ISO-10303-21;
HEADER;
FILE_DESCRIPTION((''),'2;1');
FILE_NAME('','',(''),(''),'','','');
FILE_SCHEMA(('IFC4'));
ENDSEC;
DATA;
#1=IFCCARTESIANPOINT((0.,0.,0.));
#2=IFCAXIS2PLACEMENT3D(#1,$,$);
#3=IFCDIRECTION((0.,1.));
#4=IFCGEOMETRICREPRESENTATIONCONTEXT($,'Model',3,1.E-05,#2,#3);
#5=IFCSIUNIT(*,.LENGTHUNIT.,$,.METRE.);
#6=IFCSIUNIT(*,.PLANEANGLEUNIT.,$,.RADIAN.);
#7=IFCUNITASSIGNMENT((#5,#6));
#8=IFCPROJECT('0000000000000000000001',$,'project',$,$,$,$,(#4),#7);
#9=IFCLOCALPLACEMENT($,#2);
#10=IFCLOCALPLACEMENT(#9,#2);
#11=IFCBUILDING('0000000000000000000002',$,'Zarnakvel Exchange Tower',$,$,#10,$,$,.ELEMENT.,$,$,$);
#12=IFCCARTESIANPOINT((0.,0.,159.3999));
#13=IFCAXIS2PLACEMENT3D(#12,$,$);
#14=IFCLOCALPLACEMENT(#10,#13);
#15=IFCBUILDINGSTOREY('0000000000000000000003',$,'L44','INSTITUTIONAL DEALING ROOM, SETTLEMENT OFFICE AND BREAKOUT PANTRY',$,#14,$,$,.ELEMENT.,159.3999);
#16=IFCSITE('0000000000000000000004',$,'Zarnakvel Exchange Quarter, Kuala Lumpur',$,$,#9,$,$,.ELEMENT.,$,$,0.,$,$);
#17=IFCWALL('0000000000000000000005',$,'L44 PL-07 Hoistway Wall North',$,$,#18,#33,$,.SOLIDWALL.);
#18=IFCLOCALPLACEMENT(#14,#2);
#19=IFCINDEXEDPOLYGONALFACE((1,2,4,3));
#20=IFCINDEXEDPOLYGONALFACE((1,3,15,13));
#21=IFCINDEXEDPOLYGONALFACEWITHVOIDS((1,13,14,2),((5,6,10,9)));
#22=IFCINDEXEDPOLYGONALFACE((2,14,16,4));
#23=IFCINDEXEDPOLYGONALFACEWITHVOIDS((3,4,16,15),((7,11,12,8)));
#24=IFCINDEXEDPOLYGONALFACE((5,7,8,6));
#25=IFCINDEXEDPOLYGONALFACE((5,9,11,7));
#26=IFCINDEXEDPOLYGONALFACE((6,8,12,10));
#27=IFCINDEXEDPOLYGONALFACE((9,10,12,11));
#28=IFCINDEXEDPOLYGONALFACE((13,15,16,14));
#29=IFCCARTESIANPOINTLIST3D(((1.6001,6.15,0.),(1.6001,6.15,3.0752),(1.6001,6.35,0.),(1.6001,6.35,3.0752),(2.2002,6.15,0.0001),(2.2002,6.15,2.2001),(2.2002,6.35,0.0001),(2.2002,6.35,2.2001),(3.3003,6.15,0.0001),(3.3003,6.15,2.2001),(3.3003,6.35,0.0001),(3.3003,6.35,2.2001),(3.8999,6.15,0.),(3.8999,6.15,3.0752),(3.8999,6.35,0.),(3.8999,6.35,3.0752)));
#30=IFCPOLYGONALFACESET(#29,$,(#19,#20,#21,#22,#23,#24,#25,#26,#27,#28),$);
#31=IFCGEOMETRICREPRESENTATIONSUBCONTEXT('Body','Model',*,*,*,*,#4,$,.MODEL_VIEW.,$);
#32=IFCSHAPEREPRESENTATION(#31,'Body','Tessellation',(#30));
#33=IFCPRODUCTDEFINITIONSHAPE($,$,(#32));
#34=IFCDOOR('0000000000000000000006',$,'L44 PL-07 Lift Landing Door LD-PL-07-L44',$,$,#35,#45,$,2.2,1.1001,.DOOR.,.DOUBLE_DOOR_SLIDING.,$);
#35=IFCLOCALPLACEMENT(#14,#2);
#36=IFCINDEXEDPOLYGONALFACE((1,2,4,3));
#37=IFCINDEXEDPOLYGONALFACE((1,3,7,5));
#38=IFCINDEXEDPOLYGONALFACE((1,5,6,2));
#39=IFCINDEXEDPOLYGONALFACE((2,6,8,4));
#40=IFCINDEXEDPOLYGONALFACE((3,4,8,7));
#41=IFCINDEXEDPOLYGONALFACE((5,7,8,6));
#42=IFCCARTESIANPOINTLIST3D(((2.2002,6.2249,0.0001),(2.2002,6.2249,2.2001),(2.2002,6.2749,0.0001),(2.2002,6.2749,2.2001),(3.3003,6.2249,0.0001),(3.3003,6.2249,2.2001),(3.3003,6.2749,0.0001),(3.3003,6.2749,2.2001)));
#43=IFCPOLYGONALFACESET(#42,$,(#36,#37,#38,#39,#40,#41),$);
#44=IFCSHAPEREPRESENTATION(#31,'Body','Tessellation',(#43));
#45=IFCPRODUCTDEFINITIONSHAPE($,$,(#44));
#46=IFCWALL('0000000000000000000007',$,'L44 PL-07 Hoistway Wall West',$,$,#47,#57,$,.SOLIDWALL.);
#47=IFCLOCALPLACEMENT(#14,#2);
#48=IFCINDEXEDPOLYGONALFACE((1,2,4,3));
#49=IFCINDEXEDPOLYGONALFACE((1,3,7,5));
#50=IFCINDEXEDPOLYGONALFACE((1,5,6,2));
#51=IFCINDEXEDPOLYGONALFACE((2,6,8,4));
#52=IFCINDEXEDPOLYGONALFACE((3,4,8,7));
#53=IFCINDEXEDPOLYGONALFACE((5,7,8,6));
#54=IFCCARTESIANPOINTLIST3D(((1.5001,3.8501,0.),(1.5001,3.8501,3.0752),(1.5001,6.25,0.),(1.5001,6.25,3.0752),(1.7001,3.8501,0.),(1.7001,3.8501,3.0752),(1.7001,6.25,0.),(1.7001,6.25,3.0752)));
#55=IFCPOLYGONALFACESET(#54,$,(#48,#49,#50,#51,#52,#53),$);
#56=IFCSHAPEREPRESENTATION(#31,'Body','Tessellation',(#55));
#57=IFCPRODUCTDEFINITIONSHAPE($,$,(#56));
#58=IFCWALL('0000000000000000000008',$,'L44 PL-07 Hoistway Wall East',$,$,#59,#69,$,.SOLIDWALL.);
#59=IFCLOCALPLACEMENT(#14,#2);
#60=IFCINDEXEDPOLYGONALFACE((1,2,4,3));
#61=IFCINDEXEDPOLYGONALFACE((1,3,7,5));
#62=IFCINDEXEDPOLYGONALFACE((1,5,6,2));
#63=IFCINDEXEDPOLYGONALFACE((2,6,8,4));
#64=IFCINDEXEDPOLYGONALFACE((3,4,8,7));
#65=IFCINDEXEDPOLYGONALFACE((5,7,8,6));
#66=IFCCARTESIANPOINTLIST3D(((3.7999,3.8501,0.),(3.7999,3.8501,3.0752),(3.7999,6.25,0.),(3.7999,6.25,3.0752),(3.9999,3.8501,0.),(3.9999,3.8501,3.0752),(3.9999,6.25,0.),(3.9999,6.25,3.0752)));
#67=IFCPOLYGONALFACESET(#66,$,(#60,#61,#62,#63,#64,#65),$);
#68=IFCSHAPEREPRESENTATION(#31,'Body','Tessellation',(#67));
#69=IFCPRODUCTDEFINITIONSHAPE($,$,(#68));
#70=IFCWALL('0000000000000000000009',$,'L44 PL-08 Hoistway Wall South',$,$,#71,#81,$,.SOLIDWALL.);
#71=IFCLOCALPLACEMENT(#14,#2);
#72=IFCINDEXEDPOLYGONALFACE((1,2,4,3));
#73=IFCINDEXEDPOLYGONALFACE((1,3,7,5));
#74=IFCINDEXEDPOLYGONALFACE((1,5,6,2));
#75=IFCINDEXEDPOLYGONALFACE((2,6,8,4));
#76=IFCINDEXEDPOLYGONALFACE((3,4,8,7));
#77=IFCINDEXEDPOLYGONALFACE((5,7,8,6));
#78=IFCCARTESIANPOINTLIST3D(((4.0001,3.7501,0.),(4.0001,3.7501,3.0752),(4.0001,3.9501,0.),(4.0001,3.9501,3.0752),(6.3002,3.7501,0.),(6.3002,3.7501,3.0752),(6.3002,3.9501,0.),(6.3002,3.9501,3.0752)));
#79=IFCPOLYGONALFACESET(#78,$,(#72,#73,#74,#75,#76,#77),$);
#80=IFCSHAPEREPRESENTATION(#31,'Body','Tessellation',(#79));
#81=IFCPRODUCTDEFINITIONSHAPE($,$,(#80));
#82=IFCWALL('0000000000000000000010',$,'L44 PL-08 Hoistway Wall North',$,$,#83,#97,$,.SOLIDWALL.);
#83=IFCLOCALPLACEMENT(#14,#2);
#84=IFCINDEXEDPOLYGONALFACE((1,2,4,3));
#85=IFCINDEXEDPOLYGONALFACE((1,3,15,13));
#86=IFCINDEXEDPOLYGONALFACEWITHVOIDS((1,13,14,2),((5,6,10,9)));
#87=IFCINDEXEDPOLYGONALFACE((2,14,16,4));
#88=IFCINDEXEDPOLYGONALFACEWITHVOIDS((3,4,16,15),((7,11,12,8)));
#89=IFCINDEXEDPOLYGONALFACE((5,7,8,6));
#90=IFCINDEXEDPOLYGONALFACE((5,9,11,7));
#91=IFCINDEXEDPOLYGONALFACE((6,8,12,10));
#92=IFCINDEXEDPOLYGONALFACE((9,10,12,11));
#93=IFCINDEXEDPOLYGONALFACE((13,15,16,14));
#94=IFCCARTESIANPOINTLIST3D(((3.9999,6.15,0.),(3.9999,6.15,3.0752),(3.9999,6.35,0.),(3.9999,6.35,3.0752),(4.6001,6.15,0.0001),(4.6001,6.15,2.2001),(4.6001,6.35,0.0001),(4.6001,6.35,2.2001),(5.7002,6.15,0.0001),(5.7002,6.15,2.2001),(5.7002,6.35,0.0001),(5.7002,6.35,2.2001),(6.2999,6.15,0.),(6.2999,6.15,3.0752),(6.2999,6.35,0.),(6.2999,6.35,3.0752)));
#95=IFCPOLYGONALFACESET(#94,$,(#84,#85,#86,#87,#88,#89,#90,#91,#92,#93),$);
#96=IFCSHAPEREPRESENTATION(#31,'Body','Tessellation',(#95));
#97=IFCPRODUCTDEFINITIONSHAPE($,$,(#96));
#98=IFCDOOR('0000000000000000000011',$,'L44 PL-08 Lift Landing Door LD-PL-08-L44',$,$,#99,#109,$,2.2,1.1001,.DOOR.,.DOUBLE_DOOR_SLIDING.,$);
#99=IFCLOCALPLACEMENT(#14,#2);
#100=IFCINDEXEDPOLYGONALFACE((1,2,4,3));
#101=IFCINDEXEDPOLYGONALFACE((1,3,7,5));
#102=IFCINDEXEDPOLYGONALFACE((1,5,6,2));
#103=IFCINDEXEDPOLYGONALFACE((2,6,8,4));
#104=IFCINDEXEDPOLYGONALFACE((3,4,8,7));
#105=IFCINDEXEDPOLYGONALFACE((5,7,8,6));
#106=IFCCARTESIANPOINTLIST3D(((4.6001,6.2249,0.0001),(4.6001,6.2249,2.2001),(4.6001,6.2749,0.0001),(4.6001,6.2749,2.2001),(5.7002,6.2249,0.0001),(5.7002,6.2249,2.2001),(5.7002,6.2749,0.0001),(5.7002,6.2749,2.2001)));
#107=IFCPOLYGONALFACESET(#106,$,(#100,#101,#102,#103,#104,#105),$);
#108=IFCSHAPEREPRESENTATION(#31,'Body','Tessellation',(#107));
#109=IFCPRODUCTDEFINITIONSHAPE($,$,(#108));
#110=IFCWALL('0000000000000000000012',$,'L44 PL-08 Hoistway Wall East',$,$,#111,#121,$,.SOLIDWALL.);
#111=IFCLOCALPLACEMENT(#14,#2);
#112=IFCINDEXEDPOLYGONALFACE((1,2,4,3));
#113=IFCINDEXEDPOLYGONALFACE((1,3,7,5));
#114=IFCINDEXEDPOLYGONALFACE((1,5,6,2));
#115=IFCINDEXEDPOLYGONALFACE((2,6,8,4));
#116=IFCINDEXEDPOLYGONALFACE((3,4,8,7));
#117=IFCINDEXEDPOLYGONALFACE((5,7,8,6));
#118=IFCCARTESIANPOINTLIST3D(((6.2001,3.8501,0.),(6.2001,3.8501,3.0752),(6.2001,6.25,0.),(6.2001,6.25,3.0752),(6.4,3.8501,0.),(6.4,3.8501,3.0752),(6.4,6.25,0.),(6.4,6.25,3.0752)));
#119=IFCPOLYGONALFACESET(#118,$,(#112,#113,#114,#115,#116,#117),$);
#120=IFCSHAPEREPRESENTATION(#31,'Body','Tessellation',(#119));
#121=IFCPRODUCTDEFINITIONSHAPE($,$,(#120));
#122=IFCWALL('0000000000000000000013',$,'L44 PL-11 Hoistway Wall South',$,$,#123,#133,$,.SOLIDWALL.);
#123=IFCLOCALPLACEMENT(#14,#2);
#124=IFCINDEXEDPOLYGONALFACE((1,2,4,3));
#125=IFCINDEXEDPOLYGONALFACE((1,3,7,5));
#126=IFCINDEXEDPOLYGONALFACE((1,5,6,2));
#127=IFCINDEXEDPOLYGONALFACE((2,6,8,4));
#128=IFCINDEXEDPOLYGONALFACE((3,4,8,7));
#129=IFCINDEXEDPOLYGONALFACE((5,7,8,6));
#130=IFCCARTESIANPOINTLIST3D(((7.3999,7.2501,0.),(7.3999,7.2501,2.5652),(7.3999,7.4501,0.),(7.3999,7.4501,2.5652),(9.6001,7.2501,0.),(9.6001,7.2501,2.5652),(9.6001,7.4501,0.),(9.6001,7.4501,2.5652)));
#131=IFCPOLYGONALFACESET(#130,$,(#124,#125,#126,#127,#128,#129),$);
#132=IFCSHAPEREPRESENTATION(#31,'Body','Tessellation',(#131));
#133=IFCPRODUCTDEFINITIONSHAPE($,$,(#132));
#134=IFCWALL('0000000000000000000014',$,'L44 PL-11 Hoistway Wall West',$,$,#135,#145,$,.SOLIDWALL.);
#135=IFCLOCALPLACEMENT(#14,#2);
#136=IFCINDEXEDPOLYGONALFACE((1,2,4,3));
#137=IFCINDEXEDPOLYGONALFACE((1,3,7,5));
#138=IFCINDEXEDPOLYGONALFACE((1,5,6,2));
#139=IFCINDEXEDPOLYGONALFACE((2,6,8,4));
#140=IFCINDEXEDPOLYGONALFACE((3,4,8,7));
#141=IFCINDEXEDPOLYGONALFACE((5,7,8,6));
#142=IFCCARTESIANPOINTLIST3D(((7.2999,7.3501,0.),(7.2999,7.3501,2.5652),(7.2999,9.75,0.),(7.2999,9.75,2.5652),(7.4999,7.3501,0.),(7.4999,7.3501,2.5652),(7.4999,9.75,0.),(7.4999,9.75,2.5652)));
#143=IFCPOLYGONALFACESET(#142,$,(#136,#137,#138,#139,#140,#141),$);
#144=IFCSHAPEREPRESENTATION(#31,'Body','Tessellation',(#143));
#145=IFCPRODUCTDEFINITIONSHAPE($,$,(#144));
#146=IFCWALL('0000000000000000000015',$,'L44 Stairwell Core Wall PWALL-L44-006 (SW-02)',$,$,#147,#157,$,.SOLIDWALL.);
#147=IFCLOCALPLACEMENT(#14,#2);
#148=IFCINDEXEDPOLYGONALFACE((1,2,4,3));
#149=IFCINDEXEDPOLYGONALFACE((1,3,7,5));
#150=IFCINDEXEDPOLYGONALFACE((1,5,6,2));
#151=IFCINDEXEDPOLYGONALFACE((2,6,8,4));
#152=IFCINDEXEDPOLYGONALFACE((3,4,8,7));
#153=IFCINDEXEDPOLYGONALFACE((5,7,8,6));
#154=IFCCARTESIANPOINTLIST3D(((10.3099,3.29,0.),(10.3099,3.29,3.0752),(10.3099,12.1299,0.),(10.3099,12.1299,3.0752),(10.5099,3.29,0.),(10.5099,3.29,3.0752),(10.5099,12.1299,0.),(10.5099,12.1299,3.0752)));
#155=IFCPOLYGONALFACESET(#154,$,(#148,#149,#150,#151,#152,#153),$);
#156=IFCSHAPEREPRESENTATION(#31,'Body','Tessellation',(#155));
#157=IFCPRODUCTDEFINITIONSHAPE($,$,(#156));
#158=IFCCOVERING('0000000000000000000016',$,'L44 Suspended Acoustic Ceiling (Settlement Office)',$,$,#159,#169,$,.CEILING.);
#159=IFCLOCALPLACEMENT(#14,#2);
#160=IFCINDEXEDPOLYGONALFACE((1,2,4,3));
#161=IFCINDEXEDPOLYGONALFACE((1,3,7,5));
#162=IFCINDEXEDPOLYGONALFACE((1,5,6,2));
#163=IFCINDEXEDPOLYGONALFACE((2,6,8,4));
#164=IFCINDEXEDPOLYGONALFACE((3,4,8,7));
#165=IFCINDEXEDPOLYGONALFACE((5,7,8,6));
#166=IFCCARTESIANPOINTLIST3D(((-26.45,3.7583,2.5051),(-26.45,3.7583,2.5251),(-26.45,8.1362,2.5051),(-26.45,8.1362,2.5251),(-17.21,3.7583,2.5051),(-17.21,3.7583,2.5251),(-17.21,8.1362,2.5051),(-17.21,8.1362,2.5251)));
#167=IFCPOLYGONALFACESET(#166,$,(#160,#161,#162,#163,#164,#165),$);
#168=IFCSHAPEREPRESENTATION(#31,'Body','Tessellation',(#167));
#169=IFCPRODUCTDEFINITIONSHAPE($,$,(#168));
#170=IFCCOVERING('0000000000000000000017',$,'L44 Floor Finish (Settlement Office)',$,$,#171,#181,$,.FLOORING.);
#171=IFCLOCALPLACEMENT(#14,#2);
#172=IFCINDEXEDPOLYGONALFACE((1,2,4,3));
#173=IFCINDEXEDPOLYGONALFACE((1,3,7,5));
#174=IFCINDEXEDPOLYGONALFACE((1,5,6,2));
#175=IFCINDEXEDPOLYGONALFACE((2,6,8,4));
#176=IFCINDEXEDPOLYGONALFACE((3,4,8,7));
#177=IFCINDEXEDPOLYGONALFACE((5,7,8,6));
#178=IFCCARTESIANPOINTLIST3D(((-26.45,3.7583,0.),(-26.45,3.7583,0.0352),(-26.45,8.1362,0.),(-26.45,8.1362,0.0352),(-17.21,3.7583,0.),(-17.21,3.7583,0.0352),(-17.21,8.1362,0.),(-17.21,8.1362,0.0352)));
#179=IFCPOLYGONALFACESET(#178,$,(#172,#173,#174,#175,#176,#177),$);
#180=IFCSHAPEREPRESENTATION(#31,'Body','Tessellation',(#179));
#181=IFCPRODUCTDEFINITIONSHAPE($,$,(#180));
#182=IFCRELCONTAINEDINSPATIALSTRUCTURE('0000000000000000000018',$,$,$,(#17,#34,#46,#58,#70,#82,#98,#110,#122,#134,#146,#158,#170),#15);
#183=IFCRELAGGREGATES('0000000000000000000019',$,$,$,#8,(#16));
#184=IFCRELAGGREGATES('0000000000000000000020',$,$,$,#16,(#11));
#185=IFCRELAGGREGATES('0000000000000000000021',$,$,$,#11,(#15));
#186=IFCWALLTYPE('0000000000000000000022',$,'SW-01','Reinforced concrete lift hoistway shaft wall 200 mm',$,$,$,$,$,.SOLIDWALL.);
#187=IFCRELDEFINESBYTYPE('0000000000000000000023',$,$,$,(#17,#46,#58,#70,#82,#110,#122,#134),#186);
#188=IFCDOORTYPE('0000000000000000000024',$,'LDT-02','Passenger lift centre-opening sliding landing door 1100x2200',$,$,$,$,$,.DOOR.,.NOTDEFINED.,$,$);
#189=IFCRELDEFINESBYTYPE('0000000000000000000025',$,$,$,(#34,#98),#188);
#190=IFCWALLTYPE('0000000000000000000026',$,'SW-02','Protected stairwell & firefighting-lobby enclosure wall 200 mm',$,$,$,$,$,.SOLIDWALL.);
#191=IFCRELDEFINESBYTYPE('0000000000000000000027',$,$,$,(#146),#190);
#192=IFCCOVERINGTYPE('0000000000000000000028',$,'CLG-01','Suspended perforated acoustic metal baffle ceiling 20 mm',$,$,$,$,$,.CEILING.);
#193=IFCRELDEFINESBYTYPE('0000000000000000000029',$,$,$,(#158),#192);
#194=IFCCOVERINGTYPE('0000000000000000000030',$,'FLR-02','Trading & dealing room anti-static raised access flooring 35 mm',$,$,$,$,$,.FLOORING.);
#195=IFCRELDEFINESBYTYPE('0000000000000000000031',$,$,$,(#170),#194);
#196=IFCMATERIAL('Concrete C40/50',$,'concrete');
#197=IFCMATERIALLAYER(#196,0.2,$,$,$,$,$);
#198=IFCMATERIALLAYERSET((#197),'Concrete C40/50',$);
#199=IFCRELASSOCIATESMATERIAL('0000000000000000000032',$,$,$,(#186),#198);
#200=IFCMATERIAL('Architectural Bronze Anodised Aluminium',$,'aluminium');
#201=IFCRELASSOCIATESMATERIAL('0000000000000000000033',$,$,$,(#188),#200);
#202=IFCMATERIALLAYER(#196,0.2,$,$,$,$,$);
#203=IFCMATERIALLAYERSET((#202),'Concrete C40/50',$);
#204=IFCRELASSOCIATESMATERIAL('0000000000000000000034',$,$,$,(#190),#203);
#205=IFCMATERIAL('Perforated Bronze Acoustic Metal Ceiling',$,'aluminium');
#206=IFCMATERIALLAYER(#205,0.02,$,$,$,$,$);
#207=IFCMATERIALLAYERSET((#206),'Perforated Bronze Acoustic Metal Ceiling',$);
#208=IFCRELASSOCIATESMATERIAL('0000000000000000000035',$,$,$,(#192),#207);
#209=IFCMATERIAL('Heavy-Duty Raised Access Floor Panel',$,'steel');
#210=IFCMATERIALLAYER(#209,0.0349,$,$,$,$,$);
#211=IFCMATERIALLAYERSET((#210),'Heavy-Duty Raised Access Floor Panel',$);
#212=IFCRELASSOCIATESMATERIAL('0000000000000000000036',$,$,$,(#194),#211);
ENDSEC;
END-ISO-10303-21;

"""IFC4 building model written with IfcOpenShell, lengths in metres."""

from ifc_helpers import new_model, si_unit, direction, frame, frame_2d, origin, place, context, subcontext, project, spatial, polyline, rectangle, outline, extrude, source, transform, mapped, material, layer, layer_set, type_object, element, fill, save


model = new_model("IFC4")

# Units and contexts
model_context = context("Model", 3, precision=1e-05, world=origin(), true_north=direction((0.0, 1.0)))
body_context = subcontext(model_context, "Body", "Model", "MODEL_VIEW")
ifc_project = project(units=[si_unit("LENGTHUNIT", "METRE"), si_unit("PLANEANGLEUNIT", "RADIAN")], contexts=[model_context])

# Site, building, storey
site_placement = place(None, origin())
site = spatial("IfcSite", under=ifc_project, at=site_placement, Name="Zarnakvel Exchange Quarter, Kuala Lumpur", CompositionType="ELEMENT", RefElevation=0.0)
building_placement = place(site_placement, origin())
building = spatial("IfcBuilding", under=site, at=building_placement, Name="Zarnakvel Exchange Tower", CompositionType="ELEMENT")
storey_placement = place(building_placement, frame((0.0, 0.0, 159.3999)))
storey = spatial("IfcBuildingStorey", under=building, at=storey_placement, Name="L44", Description="INSTITUTIONAL DEALING ROOM, SETTLEMENT OFFICE AND BREAKOUT PANTRY", CompositionType="ELEMENT", Elevation=159.3999)

# Shared definitions
ifc_material_1 = material(Name="Concrete C40/50", Category="concrete")
ifc_layer_1 = layer(ifc_material_1, 0.2)
ifc_layer_set_1 = layer_set([ifc_layer_1], Name="Concrete C40/50")
wall_type_1 = type_object("IfcWallType", Name="SW-01", Description="Reinforced concrete lift hoistway shaft wall 200 mm", PredefinedType="SOLIDWALL", material=ifc_layer_set_1)
shared_shape_1 = source(origin(), body_context, "Body", "SweptSolid", [
    extrude(rectangle(XDim=1.1001, YDim=2.2, at=frame_2d((0.55, 1.1001))), frame((0.0, 0.0249, 0.0), z_axis=(0.0, -1.0, 0.0), x_axis=(1.0, 0.0, 0.0)), (0.0, 0.0, 1.0), 0.05),
])

# Wall, opening, door
wall_1_placement = place(storey_placement, frame((1.6001, 6.25, 0.0), z_axis=(0.0, 0.0, 1.0), x_axis=(1.0, 0.0, 0.0)))
wall_1 = element("IfcWall", 1, at=wall_1_placement, inside=storey, type_object=wall_type_1, Name="L44 PL-07 Hoistway Wall North", PredefinedType="SOLIDWALL", context=body_context, shape_type="SweptSolid", body=[
    extrude(rectangle(XDim=2.2998, YDim=0.2, at=frame_2d((1.1499, 0.0))), origin(), (0.0, 0.0, 1.0), 3.0752),
])
opening_1_placement = place(wall_1_placement, frame((0.6001, 0.0, 0.0)))
opening_1 = element("IfcOpeningElement", 2, at=opening_1_placement, cuts=wall_1, PredefinedType="OPENING", context=body_context, shape_type="SweptSolid", body=[
    extrude(rectangle(XDim=1.1001, YDim=2.2, at=frame_2d((0.55, 1.1001))), frame((0.0, 0.1099, 0.0), z_axis=(0.0, -1.0, 0.0), x_axis=(1.0, 0.0, 0.0)), (0.0, 0.0, 1.0), 0.22),
])
ifc_material_2 = material(Name="Architectural Bronze Anodised Aluminium", Category="aluminium")
door_type_1 = type_object("IfcDoorType", Name="LDT-02", Description="Passenger lift centre-opening sliding landing door 1100x2200", OperationType="NOTDEFINED", PredefinedType="DOOR", material=ifc_material_2)
door_1_placement = place(opening_1_placement, origin())
door_1 = element("IfcDoor", 3, at=door_1_placement, inside=storey, type_object=door_type_1, Name="L44 PL-07 Lift Landing Door LD-PL-07-L44", OperationType="DOUBLE_DOOR_SLIDING", OverallHeight=2.2, OverallWidth=1.1001, PredefinedType="DOOR", context=body_context, shape_type="MappedRepresentation", body=[
    mapped(shared_shape_1, transform((0.0, 0.0, 0.0), x_axis=(1.0, 0.0, 0.0), y_axis=(0.0, 1.0, 0.0), z_axis=(0.0, 0.0, 1.0), scale=1.0)),
])
fill(opening_1, door_1)

# Walls
for number, where, z_axis, x_axis, name in (
    (4, (1.6001, 3.8501, 0.0), (0.0, 0.0, 1.0), (0.0, 1.0, 0.0), "L44 PL-07 Hoistway Wall West"),
    (5, (3.8999, 6.25, 0.0), (0.0, 0.0, 1.0), (0.0, -1.0, 0.0), "L44 PL-07 Hoistway Wall East"),
):
    element("IfcWall", number, at=place(storey_placement, frame(where, z_axis=z_axis, x_axis=x_axis)), inside=storey, type_object=wall_type_1, Name=name, PredefinedType="SOLIDWALL", context=body_context, shape_type="SweptSolid", body=[
        extrude(rectangle(XDim=2.3999, YDim=0.2, at=frame_2d((1.2, 0.0))), origin(), (0.0, 0.0, 1.0), 3.0752),
    ])
wall_2_placement = place(storey_placement, frame((6.3, 3.8501, 0.0), z_axis=(0.0, 0.0, 1.0), x_axis=(-1.0, 0.0, 0.0)))
element("IfcWall", 6, at=wall_2_placement, inside=storey, type_object=wall_type_1, Name="L44 PL-08 Hoistway Wall South", PredefinedType="SOLIDWALL", context=body_context, shape_type="SweptSolid", body=[
    extrude(rectangle(XDim=2.3, YDim=0.2, at=frame_2d((1.1499, 0.0))), origin(), (0.0, 0.0, 1.0), 3.0752),
])

# Wall, opening, door
wall_3_placement = place(storey_placement, frame((4.0, 6.25, 0.0), z_axis=(0.0, 0.0, 1.0), x_axis=(1.0, 0.0, 0.0)))
wall_3 = element("IfcWall", 7, at=wall_3_placement, inside=storey, type_object=wall_type_1, Name="L44 PL-08 Hoistway Wall North", PredefinedType="SOLIDWALL", context=body_context, shape_type="SweptSolid", body=[
    extrude(rectangle(XDim=2.3, YDim=0.2, at=frame_2d((1.1499, 0.0))), origin(), (0.0, 0.0, 1.0), 3.0752),
])
opening_2_placement = place(wall_3_placement, frame((0.6001, 0.0, 0.0)))
opening_2 = element("IfcOpeningElement", 8, at=opening_2_placement, cuts=wall_3, PredefinedType="OPENING", context=body_context, shape_type="SweptSolid", body=[
    extrude(rectangle(XDim=1.1001, YDim=2.2, at=frame_2d((0.55, 1.1001))), frame((0.0, 0.1099, 0.0), z_axis=(0.0, -1.0, 0.0), x_axis=(1.0, 0.0, 0.0)), (0.0, 0.0, 1.0), 0.22),
])
door_2_placement = place(opening_2_placement, origin())
door_2 = element("IfcDoor", 9, at=door_2_placement, inside=storey, type_object=door_type_1, Name="L44 PL-08 Lift Landing Door LD-PL-08-L44", OperationType="DOUBLE_DOOR_SLIDING", OverallHeight=2.2, OverallWidth=1.1001, PredefinedType="DOOR", context=body_context, shape_type="MappedRepresentation", body=[
    mapped(shared_shape_1, transform((0.0, 0.0, 0.0), x_axis=(1.0, 0.0, 0.0), y_axis=(0.0, 1.0, 0.0), z_axis=(0.0, 0.0, 1.0), scale=1.0)),
])
fill(opening_2, door_2)

# Walls
wall_4_placement = place(storey_placement, frame((6.3, 6.25, 0.0), z_axis=(0.0, 0.0, 1.0), x_axis=(0.0, -1.0, 0.0)))
element("IfcWall", 10, at=wall_4_placement, inside=storey, type_object=wall_type_1, Name="L44 PL-08 Hoistway Wall East", PredefinedType="SOLIDWALL", context=body_context, shape_type="SweptSolid", body=[
    extrude(rectangle(XDim=2.3999, YDim=0.2, at=frame_2d((1.2, 0.0))), origin(), (0.0, 0.0, 1.0), 3.0752),
])
wall_5_placement = place(storey_placement, frame((9.6001, 7.3501, 0.0), z_axis=(0.0, 0.0, 1.0), x_axis=(-1.0, 0.0, 0.0)))
element("IfcWall", 11, at=wall_5_placement, inside=storey, type_object=wall_type_1, Name="L44 PL-11 Hoistway Wall South", PredefinedType="SOLIDWALL", context=body_context, shape_type="SweptSolid", body=[
    extrude(rectangle(XDim=2.2002, YDim=0.2, at=frame_2d((1.1001, 0.0))), origin(), (0.0, 0.0, 1.0), 2.5652),
])
wall_6_placement = place(storey_placement, frame((7.3999, 7.3501, 0.0), z_axis=(0.0, 0.0, 1.0), x_axis=(0.0, 1.0, 0.0)))
element("IfcWall", 12, at=wall_6_placement, inside=storey, type_object=wall_type_1, Name="L44 PL-11 Hoistway Wall West", PredefinedType="SOLIDWALL", context=body_context, shape_type="SweptSolid", body=[
    extrude(rectangle(XDim=2.3999, YDim=0.2, at=frame_2d((1.2, 0.0))), origin(), (0.0, 0.0, 1.0), 2.5652),
])
ifc_layer_2 = layer(ifc_material_1, 0.2)
ifc_layer_set_2 = layer_set([ifc_layer_2], Name="Concrete C40/50")
wall_type_2 = type_object("IfcWallType", Name="SW-02", Description="Protected stairwell & firefighting-lobby enclosure wall 200 mm", PredefinedType="SOLIDWALL", material=ifc_layer_set_2)
wall_7_placement = place(storey_placement, frame((10.4099, 3.29, 0.0), z_axis=(0.0, 0.0, 1.0), x_axis=(0.0, 1.0, 0.0)))
element("IfcWall", 13, at=wall_7_placement, inside=storey, type_object=wall_type_2, Name="L44 Stairwell Core Wall PWALL-L44-006 (SW-02)", PredefinedType="SOLIDWALL", context=body_context, shape_type="SweptSolid", body=[
    extrude(rectangle(XDim=8.8398, YDim=0.2, at=frame_2d((4.4199, 0.0))), origin(), (0.0, 0.0, 1.0), 3.0752),
])

# Coverings
ifc_material_3 = material(Name="Perforated Bronze Acoustic Metal Ceiling", Category="aluminium")
ifc_layer_3 = layer(ifc_material_3, 0.02)
ifc_layer_set_3 = layer_set([ifc_layer_3], Name="Perforated Bronze Acoustic Metal Ceiling")
covering_type_1 = type_object("IfcCoveringType", Name="CLG-01", Description="Suspended perforated acoustic metal baffle ceiling 20 mm", PredefinedType="CEILING", material=ifc_layer_set_3)
covering_1_placement = place(storey_placement, frame((0.0, 0.0, 2.5051)))
element("IfcCovering", 14, at=covering_1_placement, inside=storey, type_object=covering_type_1, Name="L44 Suspended Acoustic Ceiling (Settlement Office)", PredefinedType="CEILING", context=body_context, shape_type="SweptSolid", body=[
    extrude(outline(polyline([(-26.45, 8.1362), (-17.21, 8.1362), (-17.21, 3.7583), (-26.45, 3.7583), (-26.45, 8.1362)])), origin(), (0.0, 0.0, 1.0), 0.02),
])
ifc_material_4 = material(Name="Heavy-Duty Raised Access Floor Panel", Category="steel")
ifc_layer_4 = layer(ifc_material_4, 0.0349)
ifc_layer_set_4 = layer_set([ifc_layer_4], Name="Heavy-Duty Raised Access Floor Panel")
covering_type_2 = type_object("IfcCoveringType", Name="FLR-02", Description="Trading & dealing room anti-static raised access flooring 35 mm", PredefinedType="FLOORING", material=ifc_layer_set_4)
covering_2_placement = place(storey_placement, origin())
element("IfcCovering", 15, at=covering_2_placement, inside=storey, type_object=covering_type_2, Name="L44 Floor Finish (Settlement Office)", PredefinedType="FLOORING", context=body_context, shape_type="SweptSolid", body=[
    extrude(outline(polyline([(-26.45, 8.1362), (-17.21, 8.1362), (-17.21, 3.7583), (-26.45, 3.7583), (-26.45, 8.1362)])), origin(), (0.0, 0.0, 1.0), 0.0352),
])

save(model, "model.ifc")
